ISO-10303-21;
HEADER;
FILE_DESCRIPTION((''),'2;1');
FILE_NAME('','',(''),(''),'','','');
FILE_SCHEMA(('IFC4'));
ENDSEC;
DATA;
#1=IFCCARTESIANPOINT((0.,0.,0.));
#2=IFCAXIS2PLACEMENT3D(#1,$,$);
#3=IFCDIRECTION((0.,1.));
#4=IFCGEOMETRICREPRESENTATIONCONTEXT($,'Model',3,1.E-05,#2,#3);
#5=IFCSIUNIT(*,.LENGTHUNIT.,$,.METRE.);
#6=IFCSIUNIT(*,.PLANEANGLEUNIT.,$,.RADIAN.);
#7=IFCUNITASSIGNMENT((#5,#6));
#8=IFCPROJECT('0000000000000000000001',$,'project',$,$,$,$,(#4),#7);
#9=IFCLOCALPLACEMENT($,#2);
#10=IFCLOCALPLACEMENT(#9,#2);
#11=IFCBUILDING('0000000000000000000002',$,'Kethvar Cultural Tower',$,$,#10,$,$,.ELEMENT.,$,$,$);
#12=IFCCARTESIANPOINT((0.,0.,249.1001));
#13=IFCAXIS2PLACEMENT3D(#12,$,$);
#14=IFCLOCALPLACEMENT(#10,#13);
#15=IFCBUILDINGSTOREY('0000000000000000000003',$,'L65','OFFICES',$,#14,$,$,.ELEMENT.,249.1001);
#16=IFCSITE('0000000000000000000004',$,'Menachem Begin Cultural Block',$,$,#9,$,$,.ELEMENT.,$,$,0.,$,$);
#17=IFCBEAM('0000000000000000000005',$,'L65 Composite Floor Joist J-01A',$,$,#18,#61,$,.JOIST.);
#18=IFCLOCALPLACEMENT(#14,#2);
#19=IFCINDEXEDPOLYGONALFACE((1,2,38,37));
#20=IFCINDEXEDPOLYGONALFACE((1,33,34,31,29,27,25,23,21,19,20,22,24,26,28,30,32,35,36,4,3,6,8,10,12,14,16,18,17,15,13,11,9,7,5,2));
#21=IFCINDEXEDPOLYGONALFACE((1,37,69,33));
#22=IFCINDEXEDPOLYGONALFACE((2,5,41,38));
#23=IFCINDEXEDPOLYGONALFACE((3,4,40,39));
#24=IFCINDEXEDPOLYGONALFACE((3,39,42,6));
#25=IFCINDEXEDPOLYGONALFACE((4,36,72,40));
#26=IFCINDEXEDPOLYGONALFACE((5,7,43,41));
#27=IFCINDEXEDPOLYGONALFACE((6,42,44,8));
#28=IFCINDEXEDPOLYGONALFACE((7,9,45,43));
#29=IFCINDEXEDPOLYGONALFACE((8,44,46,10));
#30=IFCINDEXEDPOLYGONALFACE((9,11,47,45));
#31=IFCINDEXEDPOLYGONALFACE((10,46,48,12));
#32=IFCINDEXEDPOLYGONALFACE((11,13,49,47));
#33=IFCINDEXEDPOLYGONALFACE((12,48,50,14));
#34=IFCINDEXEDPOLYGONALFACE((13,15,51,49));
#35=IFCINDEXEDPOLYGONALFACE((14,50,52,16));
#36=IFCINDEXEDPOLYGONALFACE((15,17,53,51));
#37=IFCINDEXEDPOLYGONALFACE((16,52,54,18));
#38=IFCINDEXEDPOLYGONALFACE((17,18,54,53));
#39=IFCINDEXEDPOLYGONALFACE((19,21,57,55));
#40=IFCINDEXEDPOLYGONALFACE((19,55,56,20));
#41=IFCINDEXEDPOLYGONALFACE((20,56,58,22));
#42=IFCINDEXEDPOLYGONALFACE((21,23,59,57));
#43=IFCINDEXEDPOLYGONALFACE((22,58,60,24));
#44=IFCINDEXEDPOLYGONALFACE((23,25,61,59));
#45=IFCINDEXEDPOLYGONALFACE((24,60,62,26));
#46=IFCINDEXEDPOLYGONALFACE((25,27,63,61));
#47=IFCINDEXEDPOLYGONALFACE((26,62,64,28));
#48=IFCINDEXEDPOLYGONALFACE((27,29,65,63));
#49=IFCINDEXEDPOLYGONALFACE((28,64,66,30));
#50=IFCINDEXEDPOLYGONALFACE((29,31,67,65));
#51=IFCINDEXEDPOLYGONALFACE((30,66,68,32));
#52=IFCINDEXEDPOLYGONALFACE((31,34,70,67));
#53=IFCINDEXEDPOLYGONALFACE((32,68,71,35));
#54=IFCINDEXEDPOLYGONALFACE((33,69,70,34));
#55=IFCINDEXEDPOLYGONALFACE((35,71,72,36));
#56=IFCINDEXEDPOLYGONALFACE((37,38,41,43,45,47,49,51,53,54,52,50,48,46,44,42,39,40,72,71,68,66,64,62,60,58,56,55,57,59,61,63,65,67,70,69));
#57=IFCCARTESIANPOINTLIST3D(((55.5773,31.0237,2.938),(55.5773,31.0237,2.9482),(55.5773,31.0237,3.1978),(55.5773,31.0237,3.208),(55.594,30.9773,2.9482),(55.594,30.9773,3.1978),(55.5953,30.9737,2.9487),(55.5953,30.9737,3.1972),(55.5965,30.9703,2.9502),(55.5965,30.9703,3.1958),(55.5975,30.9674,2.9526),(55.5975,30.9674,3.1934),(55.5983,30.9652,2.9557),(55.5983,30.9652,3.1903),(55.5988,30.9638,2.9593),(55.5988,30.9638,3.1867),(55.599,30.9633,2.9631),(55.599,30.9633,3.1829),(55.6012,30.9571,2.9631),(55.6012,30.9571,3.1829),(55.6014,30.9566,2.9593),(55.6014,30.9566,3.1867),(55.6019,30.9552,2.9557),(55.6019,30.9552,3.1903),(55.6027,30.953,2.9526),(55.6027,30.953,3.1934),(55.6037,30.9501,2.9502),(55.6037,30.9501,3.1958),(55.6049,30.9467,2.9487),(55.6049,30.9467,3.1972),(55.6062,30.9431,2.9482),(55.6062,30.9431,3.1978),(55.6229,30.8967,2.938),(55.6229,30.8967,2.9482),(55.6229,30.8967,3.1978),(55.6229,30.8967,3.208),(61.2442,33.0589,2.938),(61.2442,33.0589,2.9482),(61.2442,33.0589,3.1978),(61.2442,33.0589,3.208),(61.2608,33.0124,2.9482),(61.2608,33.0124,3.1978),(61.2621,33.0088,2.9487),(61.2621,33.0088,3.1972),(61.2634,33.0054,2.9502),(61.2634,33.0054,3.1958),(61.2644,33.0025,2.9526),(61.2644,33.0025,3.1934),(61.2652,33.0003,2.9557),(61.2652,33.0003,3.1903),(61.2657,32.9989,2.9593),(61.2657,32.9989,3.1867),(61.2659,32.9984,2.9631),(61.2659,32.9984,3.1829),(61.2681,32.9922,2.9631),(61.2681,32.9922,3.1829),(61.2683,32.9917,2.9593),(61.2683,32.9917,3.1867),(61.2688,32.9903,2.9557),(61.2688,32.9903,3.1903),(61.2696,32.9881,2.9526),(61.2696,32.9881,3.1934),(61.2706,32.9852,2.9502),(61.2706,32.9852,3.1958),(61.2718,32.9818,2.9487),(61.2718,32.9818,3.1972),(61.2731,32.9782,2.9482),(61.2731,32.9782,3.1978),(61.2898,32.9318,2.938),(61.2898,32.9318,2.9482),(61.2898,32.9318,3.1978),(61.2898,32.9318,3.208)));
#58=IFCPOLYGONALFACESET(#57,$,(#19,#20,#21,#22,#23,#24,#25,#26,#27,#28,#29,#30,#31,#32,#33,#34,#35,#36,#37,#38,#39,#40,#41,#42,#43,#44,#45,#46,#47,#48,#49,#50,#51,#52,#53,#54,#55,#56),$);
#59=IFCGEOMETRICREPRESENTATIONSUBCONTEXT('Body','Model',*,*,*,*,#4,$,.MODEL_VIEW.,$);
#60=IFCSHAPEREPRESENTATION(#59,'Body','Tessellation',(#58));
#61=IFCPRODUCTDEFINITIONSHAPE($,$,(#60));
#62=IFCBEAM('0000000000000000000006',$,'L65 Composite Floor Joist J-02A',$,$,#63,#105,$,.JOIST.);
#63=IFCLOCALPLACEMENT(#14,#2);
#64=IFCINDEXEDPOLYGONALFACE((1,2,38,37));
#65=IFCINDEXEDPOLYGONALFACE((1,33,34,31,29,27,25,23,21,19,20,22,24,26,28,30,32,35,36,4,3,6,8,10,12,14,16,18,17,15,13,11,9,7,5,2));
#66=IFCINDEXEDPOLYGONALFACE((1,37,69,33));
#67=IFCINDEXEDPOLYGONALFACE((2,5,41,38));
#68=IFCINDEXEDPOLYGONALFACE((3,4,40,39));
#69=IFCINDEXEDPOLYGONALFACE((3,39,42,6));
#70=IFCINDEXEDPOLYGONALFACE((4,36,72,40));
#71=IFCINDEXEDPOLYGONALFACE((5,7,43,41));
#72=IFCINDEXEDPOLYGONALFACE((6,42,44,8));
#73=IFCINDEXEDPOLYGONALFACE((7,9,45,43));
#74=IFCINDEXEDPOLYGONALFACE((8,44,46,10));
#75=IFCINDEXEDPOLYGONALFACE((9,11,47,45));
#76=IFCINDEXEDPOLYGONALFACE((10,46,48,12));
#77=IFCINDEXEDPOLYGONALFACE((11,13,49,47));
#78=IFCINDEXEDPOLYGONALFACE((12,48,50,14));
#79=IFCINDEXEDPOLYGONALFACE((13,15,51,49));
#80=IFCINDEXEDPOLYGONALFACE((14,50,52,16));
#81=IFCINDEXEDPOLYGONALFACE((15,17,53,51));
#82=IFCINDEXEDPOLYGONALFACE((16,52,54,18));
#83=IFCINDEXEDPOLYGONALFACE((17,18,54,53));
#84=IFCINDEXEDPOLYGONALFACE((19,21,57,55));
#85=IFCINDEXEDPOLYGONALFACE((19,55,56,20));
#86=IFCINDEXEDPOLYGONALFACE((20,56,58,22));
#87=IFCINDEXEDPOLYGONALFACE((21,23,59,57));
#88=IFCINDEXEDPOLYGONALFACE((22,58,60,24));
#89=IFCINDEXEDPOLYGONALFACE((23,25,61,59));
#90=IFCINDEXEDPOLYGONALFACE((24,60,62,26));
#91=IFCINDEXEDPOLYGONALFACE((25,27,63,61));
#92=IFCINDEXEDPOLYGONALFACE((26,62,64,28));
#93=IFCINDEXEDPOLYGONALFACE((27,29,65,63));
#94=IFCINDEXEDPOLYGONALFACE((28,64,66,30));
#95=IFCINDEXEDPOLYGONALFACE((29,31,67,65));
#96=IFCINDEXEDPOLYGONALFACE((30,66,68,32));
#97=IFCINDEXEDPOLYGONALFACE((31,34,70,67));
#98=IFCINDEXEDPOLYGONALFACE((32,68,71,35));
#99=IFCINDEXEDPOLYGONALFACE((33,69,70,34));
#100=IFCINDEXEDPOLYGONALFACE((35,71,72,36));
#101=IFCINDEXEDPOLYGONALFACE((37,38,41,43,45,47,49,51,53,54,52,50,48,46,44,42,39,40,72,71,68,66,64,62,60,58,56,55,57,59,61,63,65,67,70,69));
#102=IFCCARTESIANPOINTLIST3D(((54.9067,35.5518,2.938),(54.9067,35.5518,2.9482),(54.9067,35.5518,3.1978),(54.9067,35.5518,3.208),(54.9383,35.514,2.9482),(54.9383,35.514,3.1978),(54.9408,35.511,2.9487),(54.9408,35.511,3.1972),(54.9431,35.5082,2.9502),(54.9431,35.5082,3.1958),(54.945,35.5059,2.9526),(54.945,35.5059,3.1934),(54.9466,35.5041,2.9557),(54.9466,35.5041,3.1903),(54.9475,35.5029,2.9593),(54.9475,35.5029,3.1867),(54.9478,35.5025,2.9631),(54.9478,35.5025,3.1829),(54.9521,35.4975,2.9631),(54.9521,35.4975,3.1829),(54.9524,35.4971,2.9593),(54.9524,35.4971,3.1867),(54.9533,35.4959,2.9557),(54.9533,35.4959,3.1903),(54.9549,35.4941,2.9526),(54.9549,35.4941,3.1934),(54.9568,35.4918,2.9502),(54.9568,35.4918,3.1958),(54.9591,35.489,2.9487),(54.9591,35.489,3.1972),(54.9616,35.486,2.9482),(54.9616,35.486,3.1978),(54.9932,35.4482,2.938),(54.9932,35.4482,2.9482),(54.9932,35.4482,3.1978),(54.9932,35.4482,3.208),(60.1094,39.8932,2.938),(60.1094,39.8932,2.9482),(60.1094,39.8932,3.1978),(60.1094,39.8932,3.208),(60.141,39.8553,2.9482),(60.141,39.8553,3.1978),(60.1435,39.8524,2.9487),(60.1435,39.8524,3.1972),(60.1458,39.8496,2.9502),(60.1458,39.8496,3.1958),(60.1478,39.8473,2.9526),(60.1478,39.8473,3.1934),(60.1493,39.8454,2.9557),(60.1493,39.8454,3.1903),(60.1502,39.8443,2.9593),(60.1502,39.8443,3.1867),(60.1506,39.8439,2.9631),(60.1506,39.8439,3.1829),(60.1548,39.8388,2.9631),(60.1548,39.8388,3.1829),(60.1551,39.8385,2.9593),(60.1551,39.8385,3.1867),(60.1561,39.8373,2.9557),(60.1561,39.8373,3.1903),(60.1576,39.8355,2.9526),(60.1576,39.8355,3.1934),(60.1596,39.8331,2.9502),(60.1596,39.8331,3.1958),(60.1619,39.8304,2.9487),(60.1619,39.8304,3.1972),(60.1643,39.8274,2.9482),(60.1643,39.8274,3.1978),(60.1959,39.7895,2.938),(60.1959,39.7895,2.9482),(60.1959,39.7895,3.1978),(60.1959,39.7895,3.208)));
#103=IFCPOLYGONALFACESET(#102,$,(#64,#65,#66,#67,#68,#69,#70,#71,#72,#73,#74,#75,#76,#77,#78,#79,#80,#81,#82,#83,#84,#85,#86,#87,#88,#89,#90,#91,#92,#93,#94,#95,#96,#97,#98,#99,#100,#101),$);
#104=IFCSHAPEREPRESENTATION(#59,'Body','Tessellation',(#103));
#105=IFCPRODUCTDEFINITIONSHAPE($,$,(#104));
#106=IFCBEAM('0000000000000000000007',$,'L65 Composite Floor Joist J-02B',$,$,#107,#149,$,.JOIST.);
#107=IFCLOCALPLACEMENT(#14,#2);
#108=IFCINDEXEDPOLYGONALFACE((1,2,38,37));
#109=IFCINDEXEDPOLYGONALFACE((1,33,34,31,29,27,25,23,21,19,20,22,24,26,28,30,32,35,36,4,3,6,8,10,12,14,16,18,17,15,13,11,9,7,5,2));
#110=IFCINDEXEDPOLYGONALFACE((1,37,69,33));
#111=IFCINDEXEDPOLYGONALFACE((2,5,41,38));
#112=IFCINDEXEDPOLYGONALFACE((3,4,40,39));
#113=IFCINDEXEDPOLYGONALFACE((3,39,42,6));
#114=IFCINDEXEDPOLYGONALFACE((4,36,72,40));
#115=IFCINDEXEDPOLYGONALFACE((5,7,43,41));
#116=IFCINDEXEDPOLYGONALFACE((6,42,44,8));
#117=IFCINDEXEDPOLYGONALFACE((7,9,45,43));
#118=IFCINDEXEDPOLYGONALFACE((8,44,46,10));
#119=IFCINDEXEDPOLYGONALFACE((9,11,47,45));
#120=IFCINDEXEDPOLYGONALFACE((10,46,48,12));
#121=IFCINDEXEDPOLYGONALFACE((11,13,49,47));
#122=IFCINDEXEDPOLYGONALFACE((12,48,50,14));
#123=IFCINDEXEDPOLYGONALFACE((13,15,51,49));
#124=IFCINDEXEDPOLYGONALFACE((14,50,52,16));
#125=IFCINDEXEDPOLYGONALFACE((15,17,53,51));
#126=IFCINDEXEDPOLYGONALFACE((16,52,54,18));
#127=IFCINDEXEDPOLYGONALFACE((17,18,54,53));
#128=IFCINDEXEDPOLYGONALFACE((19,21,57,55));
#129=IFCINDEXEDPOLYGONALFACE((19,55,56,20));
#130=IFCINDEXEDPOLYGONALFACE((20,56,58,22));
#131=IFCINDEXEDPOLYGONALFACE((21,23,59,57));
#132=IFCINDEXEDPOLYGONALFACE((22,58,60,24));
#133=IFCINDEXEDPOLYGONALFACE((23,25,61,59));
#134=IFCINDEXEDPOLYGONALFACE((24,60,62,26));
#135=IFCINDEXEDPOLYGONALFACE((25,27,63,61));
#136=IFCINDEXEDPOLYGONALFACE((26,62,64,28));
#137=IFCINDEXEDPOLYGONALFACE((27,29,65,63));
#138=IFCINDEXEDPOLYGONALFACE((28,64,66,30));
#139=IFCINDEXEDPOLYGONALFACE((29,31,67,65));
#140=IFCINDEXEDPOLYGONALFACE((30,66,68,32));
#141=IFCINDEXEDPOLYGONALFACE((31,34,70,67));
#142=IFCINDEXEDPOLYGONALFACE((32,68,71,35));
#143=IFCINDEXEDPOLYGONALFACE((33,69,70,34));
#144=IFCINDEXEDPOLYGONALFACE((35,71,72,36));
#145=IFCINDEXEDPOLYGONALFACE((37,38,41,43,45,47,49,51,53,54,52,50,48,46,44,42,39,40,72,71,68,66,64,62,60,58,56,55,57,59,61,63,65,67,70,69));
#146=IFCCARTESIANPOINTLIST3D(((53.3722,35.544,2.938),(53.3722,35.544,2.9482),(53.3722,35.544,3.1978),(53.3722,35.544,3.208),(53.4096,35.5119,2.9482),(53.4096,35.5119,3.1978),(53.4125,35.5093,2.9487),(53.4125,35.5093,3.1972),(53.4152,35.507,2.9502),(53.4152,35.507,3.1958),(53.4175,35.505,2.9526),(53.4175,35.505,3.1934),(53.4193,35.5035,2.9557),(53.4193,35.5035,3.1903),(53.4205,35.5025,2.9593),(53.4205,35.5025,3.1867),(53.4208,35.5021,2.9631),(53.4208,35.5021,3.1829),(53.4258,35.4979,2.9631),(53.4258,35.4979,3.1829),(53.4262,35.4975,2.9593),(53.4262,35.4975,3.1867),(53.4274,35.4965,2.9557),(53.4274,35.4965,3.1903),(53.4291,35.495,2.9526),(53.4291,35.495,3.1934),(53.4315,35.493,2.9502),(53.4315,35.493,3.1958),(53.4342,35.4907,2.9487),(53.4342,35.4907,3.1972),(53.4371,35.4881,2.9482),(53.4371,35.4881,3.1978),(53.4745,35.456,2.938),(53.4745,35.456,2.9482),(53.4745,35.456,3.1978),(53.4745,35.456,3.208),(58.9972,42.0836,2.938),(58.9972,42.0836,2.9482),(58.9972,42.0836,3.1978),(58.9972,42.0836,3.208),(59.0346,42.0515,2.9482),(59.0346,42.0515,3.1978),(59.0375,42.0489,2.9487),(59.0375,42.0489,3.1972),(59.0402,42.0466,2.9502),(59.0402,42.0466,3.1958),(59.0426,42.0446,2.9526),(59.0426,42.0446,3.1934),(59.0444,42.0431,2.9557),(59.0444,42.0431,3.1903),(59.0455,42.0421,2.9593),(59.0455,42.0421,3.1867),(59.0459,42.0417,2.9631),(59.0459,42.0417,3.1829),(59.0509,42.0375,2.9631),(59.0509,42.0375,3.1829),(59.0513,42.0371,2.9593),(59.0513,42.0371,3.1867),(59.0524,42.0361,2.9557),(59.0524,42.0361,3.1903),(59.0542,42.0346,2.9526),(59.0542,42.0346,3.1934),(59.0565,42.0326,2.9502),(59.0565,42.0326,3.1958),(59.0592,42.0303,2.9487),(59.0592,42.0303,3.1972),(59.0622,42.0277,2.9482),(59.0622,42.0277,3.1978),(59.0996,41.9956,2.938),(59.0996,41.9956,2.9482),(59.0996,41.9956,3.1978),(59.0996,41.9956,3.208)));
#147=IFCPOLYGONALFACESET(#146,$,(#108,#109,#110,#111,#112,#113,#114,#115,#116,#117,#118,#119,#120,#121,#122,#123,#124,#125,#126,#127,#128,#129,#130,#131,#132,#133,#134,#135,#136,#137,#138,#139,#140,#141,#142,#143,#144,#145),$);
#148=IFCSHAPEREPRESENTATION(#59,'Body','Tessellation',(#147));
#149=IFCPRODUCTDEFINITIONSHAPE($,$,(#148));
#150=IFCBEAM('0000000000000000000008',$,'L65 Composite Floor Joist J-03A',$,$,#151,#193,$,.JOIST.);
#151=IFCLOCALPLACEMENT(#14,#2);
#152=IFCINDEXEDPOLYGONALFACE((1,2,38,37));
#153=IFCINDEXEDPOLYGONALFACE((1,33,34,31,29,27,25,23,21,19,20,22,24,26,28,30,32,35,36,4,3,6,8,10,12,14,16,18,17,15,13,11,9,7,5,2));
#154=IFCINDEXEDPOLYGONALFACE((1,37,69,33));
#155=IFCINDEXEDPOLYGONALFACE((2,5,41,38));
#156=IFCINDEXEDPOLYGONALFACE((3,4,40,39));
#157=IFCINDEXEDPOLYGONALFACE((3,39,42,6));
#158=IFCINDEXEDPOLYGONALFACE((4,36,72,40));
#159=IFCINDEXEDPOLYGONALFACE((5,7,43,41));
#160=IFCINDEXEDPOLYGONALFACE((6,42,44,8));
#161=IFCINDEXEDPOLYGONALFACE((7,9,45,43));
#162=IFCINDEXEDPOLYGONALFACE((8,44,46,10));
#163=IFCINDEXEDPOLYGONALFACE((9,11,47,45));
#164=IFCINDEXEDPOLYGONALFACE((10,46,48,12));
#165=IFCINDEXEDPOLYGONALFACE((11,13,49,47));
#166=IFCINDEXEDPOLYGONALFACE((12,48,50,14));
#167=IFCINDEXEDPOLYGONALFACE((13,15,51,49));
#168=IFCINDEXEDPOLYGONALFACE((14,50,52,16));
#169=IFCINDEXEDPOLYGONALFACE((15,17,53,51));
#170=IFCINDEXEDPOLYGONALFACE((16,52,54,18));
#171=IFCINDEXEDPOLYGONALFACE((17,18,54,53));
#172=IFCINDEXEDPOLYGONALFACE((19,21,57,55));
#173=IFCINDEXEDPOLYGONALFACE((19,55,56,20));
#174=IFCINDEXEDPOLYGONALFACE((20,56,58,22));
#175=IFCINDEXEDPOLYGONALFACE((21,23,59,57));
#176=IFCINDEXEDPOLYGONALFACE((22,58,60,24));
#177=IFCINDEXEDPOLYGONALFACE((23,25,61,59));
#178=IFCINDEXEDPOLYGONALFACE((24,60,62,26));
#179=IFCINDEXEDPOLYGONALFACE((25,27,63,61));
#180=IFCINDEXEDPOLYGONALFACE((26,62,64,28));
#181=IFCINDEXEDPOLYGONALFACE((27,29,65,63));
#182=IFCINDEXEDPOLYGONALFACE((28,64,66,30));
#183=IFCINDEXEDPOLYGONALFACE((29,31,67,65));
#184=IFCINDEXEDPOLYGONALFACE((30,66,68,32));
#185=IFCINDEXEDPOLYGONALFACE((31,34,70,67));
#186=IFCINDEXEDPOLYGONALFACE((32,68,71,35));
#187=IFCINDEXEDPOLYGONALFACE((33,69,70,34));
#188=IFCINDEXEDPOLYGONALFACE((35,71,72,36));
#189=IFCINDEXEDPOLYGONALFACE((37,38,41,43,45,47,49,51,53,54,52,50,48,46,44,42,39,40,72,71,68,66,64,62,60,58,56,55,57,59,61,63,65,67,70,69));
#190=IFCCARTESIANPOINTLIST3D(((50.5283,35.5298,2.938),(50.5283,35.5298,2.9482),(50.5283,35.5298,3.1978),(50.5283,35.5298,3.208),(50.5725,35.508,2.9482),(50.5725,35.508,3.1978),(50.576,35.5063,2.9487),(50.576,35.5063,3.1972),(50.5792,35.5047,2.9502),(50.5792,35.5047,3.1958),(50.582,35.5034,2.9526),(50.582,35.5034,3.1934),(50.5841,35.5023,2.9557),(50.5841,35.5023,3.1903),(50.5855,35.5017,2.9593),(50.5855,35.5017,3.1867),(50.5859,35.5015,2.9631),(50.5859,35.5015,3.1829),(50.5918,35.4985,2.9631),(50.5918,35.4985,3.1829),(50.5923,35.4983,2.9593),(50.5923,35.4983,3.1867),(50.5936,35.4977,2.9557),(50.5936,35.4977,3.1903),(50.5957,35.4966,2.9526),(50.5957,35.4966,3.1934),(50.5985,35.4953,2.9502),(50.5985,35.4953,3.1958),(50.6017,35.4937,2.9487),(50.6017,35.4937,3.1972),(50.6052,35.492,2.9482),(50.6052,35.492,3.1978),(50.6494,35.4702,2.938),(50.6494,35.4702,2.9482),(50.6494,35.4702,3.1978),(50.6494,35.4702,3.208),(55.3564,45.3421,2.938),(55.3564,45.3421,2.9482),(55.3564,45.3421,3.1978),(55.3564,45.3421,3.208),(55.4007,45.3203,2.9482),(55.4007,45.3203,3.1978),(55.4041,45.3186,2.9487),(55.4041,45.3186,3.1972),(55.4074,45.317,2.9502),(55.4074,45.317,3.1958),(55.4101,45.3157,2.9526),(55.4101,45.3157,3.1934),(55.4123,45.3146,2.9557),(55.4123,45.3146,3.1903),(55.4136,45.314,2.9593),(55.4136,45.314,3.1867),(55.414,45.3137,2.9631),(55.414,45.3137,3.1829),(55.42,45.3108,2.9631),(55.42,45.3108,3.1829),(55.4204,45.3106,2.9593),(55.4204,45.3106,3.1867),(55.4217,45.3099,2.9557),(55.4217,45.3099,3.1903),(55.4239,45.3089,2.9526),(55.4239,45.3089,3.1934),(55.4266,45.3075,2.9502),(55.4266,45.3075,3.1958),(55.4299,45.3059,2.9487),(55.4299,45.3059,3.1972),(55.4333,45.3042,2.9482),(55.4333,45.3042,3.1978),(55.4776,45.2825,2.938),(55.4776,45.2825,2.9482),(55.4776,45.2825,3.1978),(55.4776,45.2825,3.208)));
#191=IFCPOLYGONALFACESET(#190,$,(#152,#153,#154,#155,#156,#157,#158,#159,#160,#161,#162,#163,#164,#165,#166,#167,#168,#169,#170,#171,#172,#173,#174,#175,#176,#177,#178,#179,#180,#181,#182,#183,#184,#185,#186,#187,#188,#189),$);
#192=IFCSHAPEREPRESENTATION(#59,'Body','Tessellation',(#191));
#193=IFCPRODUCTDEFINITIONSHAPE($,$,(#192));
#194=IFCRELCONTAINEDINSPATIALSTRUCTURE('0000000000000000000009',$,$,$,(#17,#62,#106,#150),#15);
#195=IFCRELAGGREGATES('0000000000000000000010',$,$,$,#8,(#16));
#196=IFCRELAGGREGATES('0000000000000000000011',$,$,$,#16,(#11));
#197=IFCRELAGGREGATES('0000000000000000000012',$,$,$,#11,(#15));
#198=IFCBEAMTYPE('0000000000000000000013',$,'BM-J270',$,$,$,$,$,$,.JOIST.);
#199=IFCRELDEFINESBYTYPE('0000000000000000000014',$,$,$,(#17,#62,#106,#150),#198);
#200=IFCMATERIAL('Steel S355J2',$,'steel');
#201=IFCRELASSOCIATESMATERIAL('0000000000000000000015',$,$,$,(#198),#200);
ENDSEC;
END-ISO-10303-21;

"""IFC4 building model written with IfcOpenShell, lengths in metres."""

from ifc_helpers import new_model, si_unit, direction, frame, origin, origin_2d, place, context, subcontext, project, spatial, i_section, extrude, source, transform, mapped, material, material_profile, profile_set, type_object, element, save


model = new_model("IFC4")

# Units and contexts
model_context = context("Model", 3, precision=1e-05, world=origin(), true_north=direction((0.0, 1.0)))
body_context = subcontext(model_context, "Body", "Model", "MODEL_VIEW")
ifc_project = project(units=[si_unit("LENGTHUNIT", "METRE"), si_unit("PLANEANGLEUNIT", "RADIAN")], contexts=[model_context])

# Site, building, storey
site_placement = place(None, origin())
site = spatial("IfcSite", under=ifc_project, at=site_placement, Name="Menachem Begin Cultural Block", CompositionType="ELEMENT", RefElevation=0.0)
building_placement = place(site_placement, origin())
building = spatial("IfcBuilding", under=site, at=building_placement, Name="Kethvar Cultural Tower", CompositionType="ELEMENT")
storey_placement = place(building_placement, frame((0.0, 0.0, 249.1001)))
storey = spatial("IfcBuildingStorey", under=building, at=storey_placement, Name="L65", Description="OFFICES", CompositionType="ELEMENT", Elevation=249.1001)

# Beams
ifc_material_1 = material(Name="Steel S355J2", Category="steel")
ifc_material_profile_1 = material_profile(ifc_material_1, i_section(OverallWidth=0.135, OverallDepth=0.27, WebThickness=0.0066, FlangeThickness=0.0103, FilletRadius=0.0149, at=origin_2d()), Name="Steel S355J2 — IPE270")
ifc_profile_set_1 = profile_set([ifc_material_profile_1], Name="Steel S355J2 — IPE270")
beam_type_1 = type_object("IfcBeamType", Name="BM-J270", PredefinedType="JOIST", material=ifc_profile_set_1)
shared_shape_1 = source(origin(), body_context, "Body", "SweptSolid", [
    extrude(i_section(OverallWidth=0.135, OverallDepth=0.27, WebThickness=0.0066, FlangeThickness=0.0103, FilletRadius=0.0149, at=origin_2d()), origin(), (0.0, 0.0, 1.0), 6.0212),
])
beam_1_placement = place(storey_placement, frame((55.6001, 30.9602, 3.073), z_axis=(0.94115, 0.33799, 0.0), x_axis=(-0.33799, 0.94115, 0.0)))
element("IfcBeam", 1, at=beam_1_placement, inside=storey, type_object=beam_type_1, Name="L65 Composite Floor Joist J-01A", PredefinedType="JOIST", context=body_context, shape_type="MappedRepresentation", body=[
    mapped(shared_shape_1, transform((0.0, 0.0, 0.0), scale=1.0)),
])
shared_shape_2 = source(origin(), body_context, "Body", "SweptSolid", [
    extrude(i_section(OverallWidth=0.135, OverallDepth=0.27, WebThickness=0.0066, FlangeThickness=0.0103, FilletRadius=0.0149, at=origin_2d()), origin(), (0.0, 0.0, 1.0), 6.7761),
])
beam_2_placement = place(storey_placement, frame((54.95, 35.5, 3.073), z_axis=(0.767802, 0.640688, 0.0), x_axis=(-0.640688, 0.767802, 0.0)))
element("IfcBeam", 2, at=beam_2_placement, inside=storey, type_object=beam_type_1, Name="L65 Composite Floor Joist J-02A", PredefinedType="JOIST", context=body_context, shape_type="MappedRepresentation", body=[
    mapped(shared_shape_2, transform((0.0, 0.0, 0.0), scale=1.0)),
])
shared_shape_3 = source(origin(), body_context, "Body", "SweptSolid", [
    extrude(i_section(OverallWidth=0.135, OverallDepth=0.27, WebThickness=0.0066, FlangeThickness=0.0103, FilletRadius=0.0149, at=origin_2d()), origin(), (0.0, 0.0, 1.0), 8.626),
])
beam_3_placement = place(storey_placement, frame((53.4233, 35.5, 3.073), z_axis=(0.652105, 0.758129, 0.0), x_axis=(-0.758129, 0.652105, 0.0)))
element("IfcBeam", 3, at=beam_3_placement, inside=storey, type_object=beam_type_1, Name="L65 Composite Floor Joist J-02B", PredefinedType="JOIST", context=body_context, shape_type="MappedRepresentation", body=[
    mapped(shared_shape_3, transform((0.0, 0.0, 0.0), scale=1.0)),
])
shared_shape_4 = source(origin(), body_context, "Body", "SweptSolid", [
    extrude(i_section(OverallWidth=0.135, OverallDepth=0.27, WebThickness=0.0066, FlangeThickness=0.0103, FilletRadius=0.0149, at=origin_2d()), origin(), (0.0, 0.0, 1.0), 10.9358),
])
beam_4_placement = place(storey_placement, frame((50.5889, 35.5, 3.073), z_axis=(0.441498, 0.897262, 0.0), x_axis=(-0.897262, 0.441498, 0.0)))
element("IfcBeam", 4, at=beam_4_placement, inside=storey, type_object=beam_type_1, Name="L65 Composite Floor Joist J-03A", PredefinedType="JOIST", context=body_context, shape_type="MappedRepresentation", body=[
    mapped(shared_shape_4, transform((0.0, 0.0, 0.0), scale=1.0)),
])

save(model, "model.ifc")
